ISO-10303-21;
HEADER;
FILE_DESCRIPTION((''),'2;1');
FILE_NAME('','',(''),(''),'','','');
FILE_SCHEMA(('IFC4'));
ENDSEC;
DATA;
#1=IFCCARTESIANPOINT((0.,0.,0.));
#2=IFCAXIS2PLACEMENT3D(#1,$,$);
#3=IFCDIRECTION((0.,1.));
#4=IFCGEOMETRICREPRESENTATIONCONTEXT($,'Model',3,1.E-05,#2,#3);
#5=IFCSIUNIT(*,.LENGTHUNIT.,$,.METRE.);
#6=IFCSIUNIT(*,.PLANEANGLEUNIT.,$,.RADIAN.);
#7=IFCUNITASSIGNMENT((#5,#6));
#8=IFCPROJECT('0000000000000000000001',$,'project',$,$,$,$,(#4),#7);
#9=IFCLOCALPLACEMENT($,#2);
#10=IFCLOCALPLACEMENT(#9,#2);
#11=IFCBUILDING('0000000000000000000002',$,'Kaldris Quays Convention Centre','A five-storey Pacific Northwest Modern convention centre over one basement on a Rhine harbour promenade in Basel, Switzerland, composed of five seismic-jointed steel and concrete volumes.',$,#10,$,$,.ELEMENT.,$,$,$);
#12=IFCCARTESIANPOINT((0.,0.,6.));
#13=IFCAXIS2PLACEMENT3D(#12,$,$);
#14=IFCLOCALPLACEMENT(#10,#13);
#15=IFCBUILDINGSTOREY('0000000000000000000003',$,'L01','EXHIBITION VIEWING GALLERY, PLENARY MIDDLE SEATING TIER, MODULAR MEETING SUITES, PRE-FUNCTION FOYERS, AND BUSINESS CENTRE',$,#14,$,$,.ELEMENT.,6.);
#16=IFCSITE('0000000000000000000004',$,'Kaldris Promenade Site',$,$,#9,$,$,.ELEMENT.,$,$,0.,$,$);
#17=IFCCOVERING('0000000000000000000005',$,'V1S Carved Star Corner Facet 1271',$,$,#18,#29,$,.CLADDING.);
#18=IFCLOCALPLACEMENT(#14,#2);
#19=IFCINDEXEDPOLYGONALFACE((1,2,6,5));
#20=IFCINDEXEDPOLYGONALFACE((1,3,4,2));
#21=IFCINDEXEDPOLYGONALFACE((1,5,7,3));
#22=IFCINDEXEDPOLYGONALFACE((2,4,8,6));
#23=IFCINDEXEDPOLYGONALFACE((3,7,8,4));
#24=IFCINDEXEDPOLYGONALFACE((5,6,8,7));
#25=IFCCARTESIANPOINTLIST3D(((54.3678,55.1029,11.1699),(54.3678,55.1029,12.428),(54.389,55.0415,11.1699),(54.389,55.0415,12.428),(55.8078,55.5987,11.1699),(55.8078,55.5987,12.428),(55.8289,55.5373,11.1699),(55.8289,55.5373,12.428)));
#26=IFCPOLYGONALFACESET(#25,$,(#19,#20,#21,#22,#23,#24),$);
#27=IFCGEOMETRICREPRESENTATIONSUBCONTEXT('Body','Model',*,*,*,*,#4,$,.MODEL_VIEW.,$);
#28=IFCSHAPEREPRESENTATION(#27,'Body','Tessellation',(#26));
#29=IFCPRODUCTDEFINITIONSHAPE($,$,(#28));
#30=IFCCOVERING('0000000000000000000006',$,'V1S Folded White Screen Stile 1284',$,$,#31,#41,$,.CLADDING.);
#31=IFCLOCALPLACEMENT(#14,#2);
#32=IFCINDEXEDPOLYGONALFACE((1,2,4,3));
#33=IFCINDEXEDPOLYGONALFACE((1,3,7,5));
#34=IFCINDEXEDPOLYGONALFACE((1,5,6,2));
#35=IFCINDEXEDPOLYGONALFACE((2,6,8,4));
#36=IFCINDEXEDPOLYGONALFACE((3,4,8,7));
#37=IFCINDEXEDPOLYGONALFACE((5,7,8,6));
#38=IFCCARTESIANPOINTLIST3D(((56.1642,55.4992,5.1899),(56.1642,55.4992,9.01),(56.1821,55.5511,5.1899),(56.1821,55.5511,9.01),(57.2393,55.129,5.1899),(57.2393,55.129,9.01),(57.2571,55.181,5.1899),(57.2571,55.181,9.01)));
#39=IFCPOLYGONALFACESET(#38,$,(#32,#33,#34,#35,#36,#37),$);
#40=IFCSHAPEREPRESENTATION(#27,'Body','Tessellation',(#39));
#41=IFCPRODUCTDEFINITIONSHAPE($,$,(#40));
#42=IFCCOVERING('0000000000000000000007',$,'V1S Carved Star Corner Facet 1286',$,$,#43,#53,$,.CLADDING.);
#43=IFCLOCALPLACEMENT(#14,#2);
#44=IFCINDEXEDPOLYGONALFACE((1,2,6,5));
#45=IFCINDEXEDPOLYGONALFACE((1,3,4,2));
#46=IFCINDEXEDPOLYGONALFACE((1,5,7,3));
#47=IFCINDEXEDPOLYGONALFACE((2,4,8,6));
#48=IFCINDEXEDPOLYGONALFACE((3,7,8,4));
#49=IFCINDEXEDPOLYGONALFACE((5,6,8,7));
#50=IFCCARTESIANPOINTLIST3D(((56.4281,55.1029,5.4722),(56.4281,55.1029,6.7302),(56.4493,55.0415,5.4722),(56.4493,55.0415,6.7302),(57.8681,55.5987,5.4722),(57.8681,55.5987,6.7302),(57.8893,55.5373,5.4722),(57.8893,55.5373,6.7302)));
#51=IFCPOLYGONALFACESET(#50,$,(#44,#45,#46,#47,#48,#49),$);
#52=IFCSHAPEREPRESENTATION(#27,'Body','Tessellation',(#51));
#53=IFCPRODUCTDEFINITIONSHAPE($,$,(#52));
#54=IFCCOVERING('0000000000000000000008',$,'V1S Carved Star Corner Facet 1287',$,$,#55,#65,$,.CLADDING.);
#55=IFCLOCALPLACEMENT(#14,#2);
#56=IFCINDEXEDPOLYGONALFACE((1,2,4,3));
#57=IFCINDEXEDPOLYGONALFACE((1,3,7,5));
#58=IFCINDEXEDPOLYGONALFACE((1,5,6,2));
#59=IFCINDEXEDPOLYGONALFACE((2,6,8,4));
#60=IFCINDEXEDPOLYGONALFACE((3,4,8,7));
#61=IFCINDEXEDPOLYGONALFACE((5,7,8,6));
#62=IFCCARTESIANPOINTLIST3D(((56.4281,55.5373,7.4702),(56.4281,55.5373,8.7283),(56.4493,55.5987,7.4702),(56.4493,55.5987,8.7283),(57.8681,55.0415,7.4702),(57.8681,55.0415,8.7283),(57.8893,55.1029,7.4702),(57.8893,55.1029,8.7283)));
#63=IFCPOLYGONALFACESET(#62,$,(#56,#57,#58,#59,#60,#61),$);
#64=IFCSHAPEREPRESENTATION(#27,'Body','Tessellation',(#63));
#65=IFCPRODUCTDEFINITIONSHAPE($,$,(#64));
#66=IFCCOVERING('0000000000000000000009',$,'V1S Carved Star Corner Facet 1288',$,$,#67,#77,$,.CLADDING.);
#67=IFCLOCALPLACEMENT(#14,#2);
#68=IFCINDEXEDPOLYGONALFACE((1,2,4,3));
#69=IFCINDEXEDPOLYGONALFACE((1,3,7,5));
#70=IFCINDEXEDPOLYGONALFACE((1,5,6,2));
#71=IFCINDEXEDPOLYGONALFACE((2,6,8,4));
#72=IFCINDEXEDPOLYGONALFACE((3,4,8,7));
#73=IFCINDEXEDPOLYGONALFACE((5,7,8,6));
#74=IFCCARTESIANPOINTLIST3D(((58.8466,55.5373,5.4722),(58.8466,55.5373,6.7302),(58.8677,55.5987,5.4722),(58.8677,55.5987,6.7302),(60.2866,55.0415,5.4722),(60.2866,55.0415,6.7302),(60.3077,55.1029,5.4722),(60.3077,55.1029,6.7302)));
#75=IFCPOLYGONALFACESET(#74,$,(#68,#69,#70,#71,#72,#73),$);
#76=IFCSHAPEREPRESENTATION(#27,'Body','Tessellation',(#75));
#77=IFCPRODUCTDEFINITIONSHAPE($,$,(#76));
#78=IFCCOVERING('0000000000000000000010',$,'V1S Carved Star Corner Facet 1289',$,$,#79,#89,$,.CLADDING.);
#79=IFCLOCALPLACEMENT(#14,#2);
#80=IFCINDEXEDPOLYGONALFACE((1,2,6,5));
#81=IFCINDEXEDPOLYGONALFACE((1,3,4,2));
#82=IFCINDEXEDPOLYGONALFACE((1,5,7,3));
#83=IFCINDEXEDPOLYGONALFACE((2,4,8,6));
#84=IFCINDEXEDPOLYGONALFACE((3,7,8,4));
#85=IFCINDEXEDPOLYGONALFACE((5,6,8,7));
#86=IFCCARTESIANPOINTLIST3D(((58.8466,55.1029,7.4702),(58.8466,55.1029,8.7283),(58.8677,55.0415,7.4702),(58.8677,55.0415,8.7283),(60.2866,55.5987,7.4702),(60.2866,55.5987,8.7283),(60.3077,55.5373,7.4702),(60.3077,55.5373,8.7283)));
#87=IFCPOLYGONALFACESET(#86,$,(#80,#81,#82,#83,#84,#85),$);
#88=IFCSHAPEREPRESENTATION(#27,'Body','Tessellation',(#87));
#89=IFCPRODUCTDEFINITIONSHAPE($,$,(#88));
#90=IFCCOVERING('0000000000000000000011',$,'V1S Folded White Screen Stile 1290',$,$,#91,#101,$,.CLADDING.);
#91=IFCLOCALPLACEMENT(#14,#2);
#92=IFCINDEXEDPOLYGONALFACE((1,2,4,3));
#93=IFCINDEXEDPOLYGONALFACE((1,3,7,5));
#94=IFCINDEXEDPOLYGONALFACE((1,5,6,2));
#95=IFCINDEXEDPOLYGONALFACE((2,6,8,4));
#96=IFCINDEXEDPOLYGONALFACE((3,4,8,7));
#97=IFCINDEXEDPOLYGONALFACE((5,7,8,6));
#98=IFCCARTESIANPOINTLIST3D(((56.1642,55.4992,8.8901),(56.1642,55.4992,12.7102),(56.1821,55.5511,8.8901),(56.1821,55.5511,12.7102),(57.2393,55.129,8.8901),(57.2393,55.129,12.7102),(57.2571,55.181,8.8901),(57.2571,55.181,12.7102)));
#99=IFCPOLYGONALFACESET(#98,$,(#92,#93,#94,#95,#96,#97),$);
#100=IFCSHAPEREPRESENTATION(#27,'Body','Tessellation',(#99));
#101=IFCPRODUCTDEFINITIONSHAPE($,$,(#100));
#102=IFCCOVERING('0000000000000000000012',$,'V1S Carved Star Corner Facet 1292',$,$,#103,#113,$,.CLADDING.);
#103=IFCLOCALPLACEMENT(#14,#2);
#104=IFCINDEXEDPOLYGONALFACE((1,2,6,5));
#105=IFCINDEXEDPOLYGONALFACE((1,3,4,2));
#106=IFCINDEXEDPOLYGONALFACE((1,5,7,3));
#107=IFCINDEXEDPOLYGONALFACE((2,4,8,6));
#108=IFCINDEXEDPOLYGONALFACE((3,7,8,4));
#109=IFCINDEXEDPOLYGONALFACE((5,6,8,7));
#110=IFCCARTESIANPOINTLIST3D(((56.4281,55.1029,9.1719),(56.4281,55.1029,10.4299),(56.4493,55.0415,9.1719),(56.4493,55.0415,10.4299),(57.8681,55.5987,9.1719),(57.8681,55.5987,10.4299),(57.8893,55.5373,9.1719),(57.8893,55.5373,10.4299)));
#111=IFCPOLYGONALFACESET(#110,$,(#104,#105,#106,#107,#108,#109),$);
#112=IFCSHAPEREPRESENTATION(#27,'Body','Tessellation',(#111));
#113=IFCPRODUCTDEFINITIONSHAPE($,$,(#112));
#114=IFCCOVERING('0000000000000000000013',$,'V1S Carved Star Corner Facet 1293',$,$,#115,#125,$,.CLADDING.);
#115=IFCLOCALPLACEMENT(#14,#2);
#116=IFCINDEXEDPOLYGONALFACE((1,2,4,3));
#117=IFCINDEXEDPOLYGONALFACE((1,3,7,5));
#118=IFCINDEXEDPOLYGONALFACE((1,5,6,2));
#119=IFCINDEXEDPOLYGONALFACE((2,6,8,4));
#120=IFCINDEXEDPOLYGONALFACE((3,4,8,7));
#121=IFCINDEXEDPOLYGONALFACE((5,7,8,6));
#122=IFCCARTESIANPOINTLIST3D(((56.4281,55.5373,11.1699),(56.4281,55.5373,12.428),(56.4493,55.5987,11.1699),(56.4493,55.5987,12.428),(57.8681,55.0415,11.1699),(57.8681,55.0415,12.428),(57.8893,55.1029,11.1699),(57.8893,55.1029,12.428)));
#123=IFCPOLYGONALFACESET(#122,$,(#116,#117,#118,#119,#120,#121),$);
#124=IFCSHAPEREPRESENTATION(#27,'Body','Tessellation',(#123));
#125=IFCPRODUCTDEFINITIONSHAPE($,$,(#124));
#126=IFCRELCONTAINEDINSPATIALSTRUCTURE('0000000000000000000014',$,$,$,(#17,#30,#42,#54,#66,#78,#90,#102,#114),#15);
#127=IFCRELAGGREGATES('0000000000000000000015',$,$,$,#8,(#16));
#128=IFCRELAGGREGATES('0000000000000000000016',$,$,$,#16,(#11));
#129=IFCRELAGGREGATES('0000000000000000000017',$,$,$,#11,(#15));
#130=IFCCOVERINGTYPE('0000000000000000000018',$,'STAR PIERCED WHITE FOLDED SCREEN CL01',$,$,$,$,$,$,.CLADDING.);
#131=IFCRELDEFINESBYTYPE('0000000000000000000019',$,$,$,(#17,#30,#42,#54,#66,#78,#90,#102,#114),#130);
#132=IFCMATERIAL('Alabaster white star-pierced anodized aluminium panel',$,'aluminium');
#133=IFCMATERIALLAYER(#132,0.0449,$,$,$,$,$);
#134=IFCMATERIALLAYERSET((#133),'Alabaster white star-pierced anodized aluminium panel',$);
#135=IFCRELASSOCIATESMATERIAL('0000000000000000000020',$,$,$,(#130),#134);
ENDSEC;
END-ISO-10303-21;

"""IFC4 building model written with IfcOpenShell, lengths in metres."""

from ifc_helpers import new_model, si_unit, direction, frame, origin, origin_2d, place, context, subcontext, project, spatial, rectangle, extrude, material, layer, layer_set, type_object, element, save


model = new_model("IFC4")

# Units and contexts
model_context = context("Model", 3, precision=1e-05, world=origin(), true_north=direction((0.0, 1.0)))
body_context = subcontext(model_context, "Body", "Model", "MODEL_VIEW")
ifc_project = project(units=[si_unit("LENGTHUNIT", "METRE"), si_unit("PLANEANGLEUNIT", "RADIAN")], contexts=[model_context])

# Site, building, storey
site_placement = place(None, origin())
site = spatial("IfcSite", under=ifc_project, at=site_placement, Name="Kaldris Promenade Site", CompositionType="ELEMENT", RefElevation=0.0)
building_placement = place(site_placement, origin())
building = spatial("IfcBuilding", under=site, at=building_placement, Name="Kaldris Quays Convention Centre", Description="A five-storey Pacific Northwest Modern convention centre over one basement on a Rhine harbour promenade in Basel, Switzerland, composed of five seismic-jointed steel and concrete volumes.", CompositionType="ELEMENT")
storey_placement = place(building_placement, frame((0.0, 0.0, 6.0)))
storey = spatial("IfcBuildingStorey", under=building, at=storey_placement, Name="L01", Description="EXHIBITION VIEWING GALLERY, PLENARY MIDDLE SEATING TIER, MODULAR MEETING SUITES, PRE-FUNCTION FOYERS, AND BUSINESS CENTRE", CompositionType="ELEMENT", Elevation=6.0)

# Coverings
ifc_material = material(Name="Alabaster white star-pierced anodized aluminium panel", Category="aluminium")
ifc_layer = layer(ifc_material, 0.0449)
ifc_layer_set = layer_set([ifc_layer], Name="Alabaster white star-pierced anodized aluminium panel")
covering_type = type_object("IfcCoveringType", Name="STAR PIERCED WHITE FOLDED SCREEN CL01", PredefinedType="CLADDING", material=ifc_layer_set)
for number, where, z_axis, x_axis, name in (
    (1, (55.0984, 55.3201, 11.1699), (0.0, 0.0, 1.0), (0.945519, 0.325568, 0.0), "V1S Carved Star Corner Facet 1271"),
):
    element("IfcCovering", number, at=place(storey_placement, frame(where, z_axis=z_axis, x_axis=x_axis)), inside=storey, type_object=covering_type, Name=name, PredefinedType="CLADDING", context=body_context, shape_type="SweptSolid", body=[
        extrude(rectangle(XDim=1.5229, YDim=0.0649, at=origin_2d()), origin(), (0.0, 0.0, 1.0), 1.2581),
    ])
covering_1_placement = place(storey_placement, frame((56.7107, 55.3401, 5.1899), z_axis=(0.0, 0.0, 1.0), x_axis=(0.945519, -0.325568, 0.0)))
element("IfcCovering", 2, at=covering_1_placement, inside=storey, type_object=covering_type, Name="V1S Folded White Screen Stile 1284", PredefinedType="CLADDING", context=body_context, shape_type="SweptSolid", body=[
    extrude(rectangle(XDim=1.137, YDim=0.0549, at=origin_2d()), origin(), (0.0, 0.0, 1.0), 3.8201),
])
for number, where, z_axis, x_axis, name in (
    (3, (57.1587, 55.3201, 5.4722), (0.0, 0.0, 1.0), (0.945519, 0.325568, 0.0), "V1S Carved Star Corner Facet 1286"),
    (4, (57.1587, 55.3201, 7.4702), (0.0, 0.0, 1.0), (0.945519, -0.325568, 0.0), "V1S Carved Star Corner Facet 1287"),
    (5, (59.5771, 55.3201, 5.4722), (0.0, 0.0, 1.0), (0.945519, -0.325568, 0.0), "V1S Carved Star Corner Facet 1288"),
    (6, (59.5771, 55.3201, 7.4702), (0.0, 0.0, 1.0), (0.945519, 0.325568, 0.0), "V1S Carved Star Corner Facet 1289"),
):
    element("IfcCovering", number, at=place(storey_placement, frame(where, z_axis=z_axis, x_axis=x_axis)), inside=storey, type_object=covering_type, Name=name, PredefinedType="CLADDING", context=body_context, shape_type="SweptSolid", body=[
        extrude(rectangle(XDim=1.5229, YDim=0.0649, at=origin_2d()), origin(), (0.0, 0.0, 1.0), 1.2581),
    ])
covering_2_placement = place(storey_placement, frame((56.7107, 55.3401, 8.8901), z_axis=(0.0, 0.0, 1.0), x_axis=(0.945519, -0.325568, 0.0)))
element("IfcCovering", 7, at=covering_2_placement, inside=storey, type_object=covering_type, Name="V1S Folded White Screen Stile 1290", PredefinedType="CLADDING", context=body_context, shape_type="SweptSolid", body=[
    extrude(rectangle(XDim=1.137, YDim=0.0549, at=origin_2d()), origin(), (0.0, 0.0, 1.0), 3.8201),
])
for number, where, z_axis, x_axis, name in (
    (8, (57.1587, 55.3201, 9.1719), (0.0, 0.0, 1.0), (0.945519, 0.325568, 0.0), "V1S Carved Star Corner Facet 1292"),
    (9, (57.1587, 55.3201, 11.1699), (0.0, 0.0, 1.0), (0.945519, -0.325568, 0.0), "V1S Carved Star Corner Facet 1293"),
):
    element("IfcCovering", number, at=place(storey_placement, frame(where, z_axis=z_axis, x_axis=x_axis)), inside=storey, type_object=covering_type, Name=name, PredefinedType="CLADDING", context=body_context, shape_type="SweptSolid", body=[
        extrude(rectangle(XDim=1.5229, YDim=0.0649, at=origin_2d()), origin(), (0.0, 0.0, 1.0), 1.2581),
    ])

save(model, "model.ifc")
